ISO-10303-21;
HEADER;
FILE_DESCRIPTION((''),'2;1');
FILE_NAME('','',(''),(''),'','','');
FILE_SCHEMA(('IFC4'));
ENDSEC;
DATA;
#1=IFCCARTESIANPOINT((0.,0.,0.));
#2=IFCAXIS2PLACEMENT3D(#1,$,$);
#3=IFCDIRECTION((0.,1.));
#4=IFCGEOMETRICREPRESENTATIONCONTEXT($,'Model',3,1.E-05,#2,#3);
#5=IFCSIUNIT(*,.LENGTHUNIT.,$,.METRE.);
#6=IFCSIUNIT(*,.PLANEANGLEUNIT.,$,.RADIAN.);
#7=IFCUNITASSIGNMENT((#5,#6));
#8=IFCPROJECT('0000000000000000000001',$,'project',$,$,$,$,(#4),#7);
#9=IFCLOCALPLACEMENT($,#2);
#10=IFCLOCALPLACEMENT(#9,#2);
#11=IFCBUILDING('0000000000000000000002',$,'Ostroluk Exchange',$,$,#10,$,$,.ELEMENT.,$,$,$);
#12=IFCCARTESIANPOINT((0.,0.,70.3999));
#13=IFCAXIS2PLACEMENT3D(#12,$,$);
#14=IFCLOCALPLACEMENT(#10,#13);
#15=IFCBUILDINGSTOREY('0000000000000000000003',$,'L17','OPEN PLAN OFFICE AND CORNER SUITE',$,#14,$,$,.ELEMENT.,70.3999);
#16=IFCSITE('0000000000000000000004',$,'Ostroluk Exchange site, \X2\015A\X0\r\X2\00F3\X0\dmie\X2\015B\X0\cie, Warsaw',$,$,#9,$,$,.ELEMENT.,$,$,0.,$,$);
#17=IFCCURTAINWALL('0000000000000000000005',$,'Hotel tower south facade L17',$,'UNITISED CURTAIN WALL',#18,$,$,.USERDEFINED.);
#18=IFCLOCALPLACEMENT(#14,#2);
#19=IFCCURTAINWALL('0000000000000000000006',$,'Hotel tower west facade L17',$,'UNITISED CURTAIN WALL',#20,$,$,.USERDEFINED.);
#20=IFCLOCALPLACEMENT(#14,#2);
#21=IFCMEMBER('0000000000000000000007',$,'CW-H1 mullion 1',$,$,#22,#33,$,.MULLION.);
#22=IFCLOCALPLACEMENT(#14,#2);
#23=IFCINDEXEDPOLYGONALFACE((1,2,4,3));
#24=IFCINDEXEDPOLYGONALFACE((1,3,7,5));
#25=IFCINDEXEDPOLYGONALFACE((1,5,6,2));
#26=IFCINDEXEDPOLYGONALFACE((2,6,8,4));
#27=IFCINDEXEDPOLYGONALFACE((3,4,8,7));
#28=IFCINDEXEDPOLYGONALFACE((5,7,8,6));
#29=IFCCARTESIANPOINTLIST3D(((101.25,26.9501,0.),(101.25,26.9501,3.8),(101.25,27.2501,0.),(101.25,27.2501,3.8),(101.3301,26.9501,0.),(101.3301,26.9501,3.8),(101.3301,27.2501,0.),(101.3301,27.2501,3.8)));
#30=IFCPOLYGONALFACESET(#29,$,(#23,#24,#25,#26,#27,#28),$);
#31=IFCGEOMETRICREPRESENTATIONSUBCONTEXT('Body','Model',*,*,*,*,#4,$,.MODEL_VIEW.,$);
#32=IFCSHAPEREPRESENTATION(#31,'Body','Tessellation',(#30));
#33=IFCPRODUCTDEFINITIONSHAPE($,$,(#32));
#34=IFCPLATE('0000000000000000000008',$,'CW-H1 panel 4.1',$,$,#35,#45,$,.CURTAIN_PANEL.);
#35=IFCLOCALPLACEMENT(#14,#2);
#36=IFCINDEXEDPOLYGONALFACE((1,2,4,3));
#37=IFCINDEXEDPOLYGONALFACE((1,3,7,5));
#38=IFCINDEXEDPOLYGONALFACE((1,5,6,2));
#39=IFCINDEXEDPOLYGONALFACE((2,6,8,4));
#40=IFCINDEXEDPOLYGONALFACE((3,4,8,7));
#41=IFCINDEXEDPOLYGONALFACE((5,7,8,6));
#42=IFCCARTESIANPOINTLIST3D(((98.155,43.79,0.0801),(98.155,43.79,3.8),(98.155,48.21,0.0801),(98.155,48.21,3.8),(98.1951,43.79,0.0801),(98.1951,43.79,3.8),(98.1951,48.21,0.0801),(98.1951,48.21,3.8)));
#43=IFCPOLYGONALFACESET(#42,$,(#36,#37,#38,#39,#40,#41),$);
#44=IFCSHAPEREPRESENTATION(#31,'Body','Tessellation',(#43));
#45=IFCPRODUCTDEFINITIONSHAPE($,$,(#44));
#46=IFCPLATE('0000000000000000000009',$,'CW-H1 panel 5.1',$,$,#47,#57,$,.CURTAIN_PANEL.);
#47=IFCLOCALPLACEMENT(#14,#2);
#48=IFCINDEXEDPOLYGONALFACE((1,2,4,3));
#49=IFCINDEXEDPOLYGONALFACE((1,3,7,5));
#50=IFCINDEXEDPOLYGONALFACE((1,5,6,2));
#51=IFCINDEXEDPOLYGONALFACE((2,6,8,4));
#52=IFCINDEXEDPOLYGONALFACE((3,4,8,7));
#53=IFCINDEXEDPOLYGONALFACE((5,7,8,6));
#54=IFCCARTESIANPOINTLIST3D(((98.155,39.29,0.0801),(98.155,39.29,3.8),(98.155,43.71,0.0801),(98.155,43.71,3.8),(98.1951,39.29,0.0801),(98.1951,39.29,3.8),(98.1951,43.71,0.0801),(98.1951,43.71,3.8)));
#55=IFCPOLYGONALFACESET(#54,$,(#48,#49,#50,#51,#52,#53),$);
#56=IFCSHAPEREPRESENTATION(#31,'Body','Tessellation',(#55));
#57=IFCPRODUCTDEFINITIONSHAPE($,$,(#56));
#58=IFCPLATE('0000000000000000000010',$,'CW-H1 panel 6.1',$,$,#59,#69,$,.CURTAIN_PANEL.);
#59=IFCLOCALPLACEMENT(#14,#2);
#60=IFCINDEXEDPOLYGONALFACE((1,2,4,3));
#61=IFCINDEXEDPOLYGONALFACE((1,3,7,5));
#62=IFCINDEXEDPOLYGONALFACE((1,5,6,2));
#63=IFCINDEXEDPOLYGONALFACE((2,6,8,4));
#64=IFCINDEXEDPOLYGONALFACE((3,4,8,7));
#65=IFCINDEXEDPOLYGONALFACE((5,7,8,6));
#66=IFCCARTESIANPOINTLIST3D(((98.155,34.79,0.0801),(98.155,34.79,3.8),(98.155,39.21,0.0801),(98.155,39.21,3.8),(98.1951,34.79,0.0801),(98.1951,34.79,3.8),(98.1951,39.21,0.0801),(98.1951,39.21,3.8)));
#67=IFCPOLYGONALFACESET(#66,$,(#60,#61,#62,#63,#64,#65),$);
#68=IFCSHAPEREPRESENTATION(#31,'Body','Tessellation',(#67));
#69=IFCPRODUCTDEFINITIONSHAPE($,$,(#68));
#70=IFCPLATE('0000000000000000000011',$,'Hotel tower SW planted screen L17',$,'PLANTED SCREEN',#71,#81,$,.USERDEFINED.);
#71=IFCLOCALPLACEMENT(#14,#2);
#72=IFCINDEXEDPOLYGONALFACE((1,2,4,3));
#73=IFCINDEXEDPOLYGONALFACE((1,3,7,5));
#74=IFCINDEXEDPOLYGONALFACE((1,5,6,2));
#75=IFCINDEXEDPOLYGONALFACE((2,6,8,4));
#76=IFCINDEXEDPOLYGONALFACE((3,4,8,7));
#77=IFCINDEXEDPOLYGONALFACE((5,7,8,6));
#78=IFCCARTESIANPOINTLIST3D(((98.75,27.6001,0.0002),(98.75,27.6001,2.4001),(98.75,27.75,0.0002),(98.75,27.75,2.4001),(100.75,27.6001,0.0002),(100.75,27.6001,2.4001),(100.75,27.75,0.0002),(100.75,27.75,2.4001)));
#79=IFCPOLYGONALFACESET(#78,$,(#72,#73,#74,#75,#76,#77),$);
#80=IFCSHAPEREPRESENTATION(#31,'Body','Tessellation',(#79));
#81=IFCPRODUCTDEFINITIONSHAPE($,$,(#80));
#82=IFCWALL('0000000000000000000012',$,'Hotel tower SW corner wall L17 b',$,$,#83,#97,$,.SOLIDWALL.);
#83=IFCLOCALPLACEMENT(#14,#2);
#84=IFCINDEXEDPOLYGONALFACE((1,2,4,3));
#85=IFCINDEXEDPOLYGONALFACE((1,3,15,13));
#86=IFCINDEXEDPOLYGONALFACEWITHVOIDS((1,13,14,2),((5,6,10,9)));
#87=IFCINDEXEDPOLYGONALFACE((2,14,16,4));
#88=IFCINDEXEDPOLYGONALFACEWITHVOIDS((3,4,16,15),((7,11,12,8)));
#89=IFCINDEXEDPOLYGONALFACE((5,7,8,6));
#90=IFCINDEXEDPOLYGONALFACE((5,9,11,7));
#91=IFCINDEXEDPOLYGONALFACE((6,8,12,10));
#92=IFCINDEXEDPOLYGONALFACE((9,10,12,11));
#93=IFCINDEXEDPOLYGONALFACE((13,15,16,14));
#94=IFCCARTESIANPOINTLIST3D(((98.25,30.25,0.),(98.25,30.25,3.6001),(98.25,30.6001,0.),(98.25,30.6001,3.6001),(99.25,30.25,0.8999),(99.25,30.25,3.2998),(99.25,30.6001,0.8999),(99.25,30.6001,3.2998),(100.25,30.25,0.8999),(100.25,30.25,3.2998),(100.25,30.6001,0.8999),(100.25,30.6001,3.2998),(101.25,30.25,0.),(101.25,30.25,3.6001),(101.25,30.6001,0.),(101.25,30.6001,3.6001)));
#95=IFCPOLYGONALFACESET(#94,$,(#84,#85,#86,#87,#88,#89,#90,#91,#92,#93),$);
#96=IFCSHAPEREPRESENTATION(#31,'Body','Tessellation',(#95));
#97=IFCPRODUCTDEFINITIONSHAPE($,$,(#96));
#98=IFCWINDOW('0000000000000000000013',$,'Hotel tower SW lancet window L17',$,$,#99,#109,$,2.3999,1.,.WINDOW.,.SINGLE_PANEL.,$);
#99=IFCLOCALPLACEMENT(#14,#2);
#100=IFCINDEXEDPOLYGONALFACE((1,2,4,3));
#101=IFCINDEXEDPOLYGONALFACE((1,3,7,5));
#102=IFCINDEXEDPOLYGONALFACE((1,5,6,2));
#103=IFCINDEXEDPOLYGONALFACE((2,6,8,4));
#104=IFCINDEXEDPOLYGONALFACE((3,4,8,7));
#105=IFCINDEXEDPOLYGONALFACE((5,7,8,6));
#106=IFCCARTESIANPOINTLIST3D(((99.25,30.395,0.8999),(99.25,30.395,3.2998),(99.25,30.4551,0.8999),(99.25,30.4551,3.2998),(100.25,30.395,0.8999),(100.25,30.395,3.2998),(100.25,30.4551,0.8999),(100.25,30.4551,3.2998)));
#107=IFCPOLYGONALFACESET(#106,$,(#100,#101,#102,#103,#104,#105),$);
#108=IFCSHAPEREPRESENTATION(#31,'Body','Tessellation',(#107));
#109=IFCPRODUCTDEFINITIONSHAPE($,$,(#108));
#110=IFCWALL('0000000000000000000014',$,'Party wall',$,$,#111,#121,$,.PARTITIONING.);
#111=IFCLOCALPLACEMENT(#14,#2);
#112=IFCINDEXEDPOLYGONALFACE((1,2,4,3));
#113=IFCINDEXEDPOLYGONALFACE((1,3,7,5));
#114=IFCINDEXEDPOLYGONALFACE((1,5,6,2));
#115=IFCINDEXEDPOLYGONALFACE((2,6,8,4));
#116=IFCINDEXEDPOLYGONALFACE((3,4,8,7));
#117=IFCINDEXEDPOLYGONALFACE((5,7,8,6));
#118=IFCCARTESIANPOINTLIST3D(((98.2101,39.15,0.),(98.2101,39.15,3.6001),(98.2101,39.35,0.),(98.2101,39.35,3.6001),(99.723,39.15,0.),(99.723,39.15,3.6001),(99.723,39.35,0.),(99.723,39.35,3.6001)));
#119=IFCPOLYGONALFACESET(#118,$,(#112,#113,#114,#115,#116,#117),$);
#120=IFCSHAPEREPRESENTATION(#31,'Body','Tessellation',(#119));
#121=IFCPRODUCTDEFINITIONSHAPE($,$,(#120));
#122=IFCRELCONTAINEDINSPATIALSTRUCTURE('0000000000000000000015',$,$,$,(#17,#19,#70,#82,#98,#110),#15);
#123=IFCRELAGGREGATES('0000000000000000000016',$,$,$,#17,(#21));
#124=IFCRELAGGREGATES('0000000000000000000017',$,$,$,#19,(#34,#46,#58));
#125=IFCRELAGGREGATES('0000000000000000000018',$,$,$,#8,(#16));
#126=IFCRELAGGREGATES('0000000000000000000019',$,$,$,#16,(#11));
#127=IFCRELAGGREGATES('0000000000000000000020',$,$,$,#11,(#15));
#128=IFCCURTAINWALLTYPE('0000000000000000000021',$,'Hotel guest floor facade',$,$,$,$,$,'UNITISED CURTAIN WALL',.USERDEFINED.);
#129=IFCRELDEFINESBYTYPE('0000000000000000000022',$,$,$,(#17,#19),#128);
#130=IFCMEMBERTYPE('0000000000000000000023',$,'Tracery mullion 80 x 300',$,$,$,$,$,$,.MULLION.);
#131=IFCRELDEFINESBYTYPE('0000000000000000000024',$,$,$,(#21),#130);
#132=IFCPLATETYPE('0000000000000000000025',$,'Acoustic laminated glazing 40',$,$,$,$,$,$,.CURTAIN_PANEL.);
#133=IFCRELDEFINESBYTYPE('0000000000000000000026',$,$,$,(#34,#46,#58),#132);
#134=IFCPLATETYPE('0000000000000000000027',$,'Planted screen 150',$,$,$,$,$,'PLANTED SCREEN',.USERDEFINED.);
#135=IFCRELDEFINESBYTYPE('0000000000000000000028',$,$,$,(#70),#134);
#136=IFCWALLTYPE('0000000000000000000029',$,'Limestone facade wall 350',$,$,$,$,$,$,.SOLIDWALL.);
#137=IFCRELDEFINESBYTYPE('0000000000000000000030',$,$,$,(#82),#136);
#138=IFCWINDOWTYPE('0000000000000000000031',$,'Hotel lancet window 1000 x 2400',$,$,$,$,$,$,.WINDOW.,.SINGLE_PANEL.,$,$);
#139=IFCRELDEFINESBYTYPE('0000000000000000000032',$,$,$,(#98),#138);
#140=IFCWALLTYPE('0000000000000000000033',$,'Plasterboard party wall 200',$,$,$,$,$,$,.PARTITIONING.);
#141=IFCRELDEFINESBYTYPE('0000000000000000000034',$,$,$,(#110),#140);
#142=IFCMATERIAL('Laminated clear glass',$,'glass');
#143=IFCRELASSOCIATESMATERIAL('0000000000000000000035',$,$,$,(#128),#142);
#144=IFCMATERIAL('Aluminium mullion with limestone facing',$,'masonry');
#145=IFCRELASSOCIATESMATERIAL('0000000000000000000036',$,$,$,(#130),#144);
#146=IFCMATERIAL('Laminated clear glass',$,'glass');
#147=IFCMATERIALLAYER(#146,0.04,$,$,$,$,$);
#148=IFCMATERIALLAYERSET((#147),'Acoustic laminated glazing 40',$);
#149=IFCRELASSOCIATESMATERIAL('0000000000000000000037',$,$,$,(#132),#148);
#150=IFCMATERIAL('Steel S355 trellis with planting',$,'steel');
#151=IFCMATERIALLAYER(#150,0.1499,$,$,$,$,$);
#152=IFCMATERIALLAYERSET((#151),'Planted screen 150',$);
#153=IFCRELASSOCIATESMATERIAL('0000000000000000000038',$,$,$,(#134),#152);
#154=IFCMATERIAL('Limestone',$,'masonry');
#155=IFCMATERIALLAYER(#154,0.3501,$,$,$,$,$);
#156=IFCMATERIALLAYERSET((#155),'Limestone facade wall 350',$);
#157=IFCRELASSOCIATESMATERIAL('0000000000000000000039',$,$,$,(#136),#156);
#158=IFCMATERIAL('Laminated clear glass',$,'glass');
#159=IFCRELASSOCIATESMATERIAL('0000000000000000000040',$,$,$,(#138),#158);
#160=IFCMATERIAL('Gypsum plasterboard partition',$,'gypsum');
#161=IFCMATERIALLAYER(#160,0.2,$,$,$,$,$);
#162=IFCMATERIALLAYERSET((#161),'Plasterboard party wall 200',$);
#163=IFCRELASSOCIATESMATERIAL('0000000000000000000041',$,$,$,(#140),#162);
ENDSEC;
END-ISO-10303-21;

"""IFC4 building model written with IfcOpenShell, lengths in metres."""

from ifc_helpers import new_model, si_unit, direction, frame, frame_2d, origin, origin_2d, place, context, subcontext, project, spatial, rectangle, extrude, material, layer, layer_set, material_profile, profile_set, type_object, element, fill, aggregate, save


model = new_model("IFC4")

# Units and contexts
model_context = context("Model", 3, precision=1e-05, world=origin(), true_north=direction((0.0, 1.0)))
body_context = subcontext(model_context, "Body", "Model", "MODEL_VIEW")
ifc_project = project(units=[si_unit("LENGTHUNIT", "METRE"), si_unit("PLANEANGLEUNIT", "RADIAN")], contexts=[model_context])

# Site, building, storey
site_placement = place(None, origin())
site = spatial("IfcSite", under=ifc_project, at=site_placement, Name="Ostroluk Exchange site, Śródmieście, Warsaw", CompositionType="ELEMENT", RefElevation=0.0)
building_placement = place(site_placement, origin())
building = spatial("IfcBuilding", under=site, at=building_placement, Name="Ostroluk Exchange", CompositionType="ELEMENT")
storey_placement = place(building_placement, frame((0.0, 0.0, 70.3999)))
storey = spatial("IfcBuildingStorey", under=building, at=storey_placement, Name="L17", Description="OPEN PLAN OFFICE AND CORNER SUITE", CompositionType="ELEMENT", Elevation=70.3999)

# Curtain wall
ifc_material_1 = material(Name="Laminated clear glass", Category="glass")
curtain_wall_type = type_object("IfcCurtainWallType", Name="Hotel guest floor facade", ElementType="UNITISED CURTAIN WALL", PredefinedType="USERDEFINED", material=ifc_material_1)
curtain_wall_1_placement = place(storey_placement, origin())
curtain_wall_1 = element("IfcCurtainWall", 1, at=curtain_wall_1_placement, inside=storey, type_object=curtain_wall_type, Name="Hotel tower south facade L17", ObjectType="UNITISED CURTAIN WALL", PredefinedType="USERDEFINED")

# Curtain wall
curtain_wall_2_placement = place(storey_placement, origin())
curtain_wall_2 = element("IfcCurtainWall", 2, at=curtain_wall_2_placement, inside=storey, type_object=curtain_wall_type, Name="Hotel tower west facade L17", ObjectType="UNITISED CURTAIN WALL", PredefinedType="USERDEFINED")

# Member
ifc_material_2 = material(Name="Aluminium mullion with limestone facing", Category="masonry")
ifc_material_profile_1 = material_profile(ifc_material_2, rectangle(XDim=0.3, YDim=0.0801, at=origin_2d()), Name="Tracery mullion 80 x 300")
ifc_profile_set_1 = profile_set([ifc_material_profile_1], Name="Aluminium mullion with limestone facing")
member_type_1 = type_object("IfcMemberType", Name="Tracery mullion 80 x 300", PredefinedType="MULLION", material=ifc_profile_set_1)
member_1_placement = place(storey_placement, frame((101.29, 27.1001, 0.0), z_axis=(0.0, 0.0, 1.0), x_axis=(0.0, 1.0, 0.0)))
member_1 = element("IfcMember", 3, at=member_1_placement, type_object=member_type_1, Name="CW-H1 mullion 1", PredefinedType="MULLION", context=body_context, shape_type="SweptSolid", body=[
    extrude(rectangle(XDim=0.3, YDim=0.0801, at=origin_2d()), origin(), (0.0, 0.0, 1.0), 3.8),
])
aggregate(curtain_wall_1, [member_1])

# Plates
ifc_material_3 = material(Name="Laminated clear glass", Category="glass")
ifc_layer_1 = layer(ifc_material_3, 0.04)
ifc_layer_set_1 = layer_set([ifc_layer_1], Name="Acoustic laminated glazing 40")
plate_type_1 = type_object("IfcPlateType", Name="Acoustic laminated glazing 40", PredefinedType="CURTAIN_PANEL", material=ifc_layer_set_1)
plate_1_placement = place(storey_placement, frame((98.175, 46.0, 0.0801), z_axis=(0.0, 0.0, 1.0), x_axis=(0.0, -1.0, 0.0)))
plate_1 = element("IfcPlate", 4, at=plate_1_placement, type_object=plate_type_1, Name="CW-H1 panel 4.1", PredefinedType="CURTAIN_PANEL", context=body_context, shape_type="SweptSolid", body=[
    extrude(rectangle(XDim=4.4199, YDim=0.04, at=origin_2d()), origin(), (0.0, 0.0, 1.0), 3.72),
])
plate_2_placement = place(storey_placement, frame((98.175, 41.5, 0.0801), z_axis=(0.0, 0.0, 1.0), x_axis=(0.0, -1.0, 0.0)))
plate_2 = element("IfcPlate", 5, at=plate_2_placement, type_object=plate_type_1, Name="CW-H1 panel 5.1", PredefinedType="CURTAIN_PANEL", context=body_context, shape_type="SweptSolid", body=[
    extrude(rectangle(XDim=4.4199, YDim=0.04, at=origin_2d()), origin(), (0.0, 0.0, 1.0), 3.72),
])
plate_3_placement = place(storey_placement, frame((98.175, 37.0, 0.0801), z_axis=(0.0, 0.0, 1.0), x_axis=(0.0, -1.0, 0.0)))
plate_3 = element("IfcPlate", 6, at=plate_3_placement, type_object=plate_type_1, Name="CW-H1 panel 6.1", PredefinedType="CURTAIN_PANEL", context=body_context, shape_type="SweptSolid", body=[
    extrude(rectangle(XDim=4.4199, YDim=0.04, at=origin_2d()), origin(), (0.0, 0.0, 1.0), 3.72),
])
aggregate(curtain_wall_2, [plate_1, plate_2, plate_3])
ifc_material_4 = material(Name="Steel S355 trellis with planting", Category="steel")
ifc_layer_2 = layer(ifc_material_4, 0.1499)
ifc_layer_set_2 = layer_set([ifc_layer_2], Name="Planted screen 150")
plate_type_2 = type_object("IfcPlateType", Name="Planted screen 150", ElementType="PLANTED SCREEN", PredefinedType="USERDEFINED", material=ifc_layer_set_2)
plate_4_placement = place(storey_placement, frame((99.75, 27.675, 0.0002), z_axis=(0.0, 0.0, 1.0), x_axis=(1.0, 0.0, 0.0)))
element("IfcPlate", 7, at=plate_4_placement, inside=storey, type_object=plate_type_2, Name="Hotel tower SW planted screen L17", ObjectType="PLANTED SCREEN", PredefinedType="USERDEFINED", context=body_context, shape_type="SweptSolid", body=[
    extrude(rectangle(XDim=2.0, YDim=0.1499, at=origin_2d()), origin(), (0.0, 0.0, 1.0), 2.3999),
])

# Shared definitions
ifc_material_5 = material(Name="Limestone", Category="masonry")
ifc_layer_3 = layer(ifc_material_5, 0.3501)
ifc_layer_set_3 = layer_set([ifc_layer_3], Name="Limestone facade wall 350")
wall_type_1 = type_object("IfcWallType", Name="Limestone facade wall 350", PredefinedType="SOLIDWALL", material=ifc_layer_set_3)

# Wall, opening, window
wall_1_placement = place(storey_placement, frame((101.25, 30.425, 0.0), z_axis=(0.0, 0.0, 1.0), x_axis=(-1.0, 0.0, 0.0)))
wall_1 = element("IfcWall", 8, at=wall_1_placement, inside=storey, type_object=wall_type_1, Name="Hotel tower SW corner wall L17 b", PredefinedType="SOLIDWALL", context=body_context, shape_type="SweptSolid", body=[
    extrude(rectangle(XDim=3.0, YDim=0.3501, at=frame_2d((1.5, 0.0))), origin(), (0.0, 0.0, 1.0), 3.6001),
])
opening_1_placement = place(wall_1_placement, frame((1.0, 0.0, 0.8999)))
opening_1 = element("IfcOpeningElement", 9, at=opening_1_placement, cuts=wall_1, PredefinedType="OPENING", context=body_context, shape_type="SweptSolid", body=[
    extrude(rectangle(XDim=1.0, YDim=2.3999, at=frame_2d((0.5, 1.2))), frame((0.0, 0.1851, 0.0), z_axis=(0.0, -1.0, 0.0), x_axis=(1.0, 0.0, 0.0)), (0.0, 0.0, 1.0), 0.3701),
])
ifc_material_6 = material(Name="Laminated clear glass", Category="glass")
window_type = type_object("IfcWindowType", Name="Hotel lancet window 1000 x 2400", PartitioningType="SINGLE_PANEL", PredefinedType="WINDOW", material=ifc_material_6)
window_placement = place(opening_1_placement, origin())
window = element("IfcWindow", 10, at=window_placement, inside=storey, type_object=window_type, Name="Hotel tower SW lancet window L17", OverallHeight=2.3999, OverallWidth=1.0, PartitioningType="SINGLE_PANEL", PredefinedType="WINDOW", context=body_context, shape_type="SweptSolid", body=[
    extrude(rectangle(XDim=1.0, YDim=2.3999, at=frame_2d((0.5, 1.2))), frame((0.0, 0.03, 0.0), z_axis=(0.0, -1.0, 0.0), x_axis=(1.0, 0.0, 0.0)), (0.0, 0.0, 1.0), 0.0601),
])
fill(opening_1, window)

# Wall
ifc_material_7 = material(Name="Gypsum plasterboard partition", Category="gypsum")
ifc_layer_4 = layer(ifc_material_7, 0.2)
ifc_layer_set_4 = layer_set([ifc_layer_4], Name="Plasterboard party wall 200")
wall_type_2 = type_object("IfcWallType", Name="Plasterboard party wall 200", PredefinedType="PARTITIONING", material=ifc_layer_set_4)
wall_2_placement = place(storey_placement, frame((99.7229, 39.25, 0.0), z_axis=(0.0, 0.0, 1.0), x_axis=(-1.0, 0.0, 0.0)))
element("IfcWall", 11, at=wall_2_placement, inside=storey, type_object=wall_type_2, Name="Party wall", PredefinedType="PARTITIONING", context=body_context, shape_type="SweptSolid", body=[
    extrude(rectangle(XDim=1.5129, YDim=0.2, at=frame_2d((0.7563, 0.0))), origin(), (0.0, 0.0, 1.0), 3.6001),
])

save(model, "model.ifc")
